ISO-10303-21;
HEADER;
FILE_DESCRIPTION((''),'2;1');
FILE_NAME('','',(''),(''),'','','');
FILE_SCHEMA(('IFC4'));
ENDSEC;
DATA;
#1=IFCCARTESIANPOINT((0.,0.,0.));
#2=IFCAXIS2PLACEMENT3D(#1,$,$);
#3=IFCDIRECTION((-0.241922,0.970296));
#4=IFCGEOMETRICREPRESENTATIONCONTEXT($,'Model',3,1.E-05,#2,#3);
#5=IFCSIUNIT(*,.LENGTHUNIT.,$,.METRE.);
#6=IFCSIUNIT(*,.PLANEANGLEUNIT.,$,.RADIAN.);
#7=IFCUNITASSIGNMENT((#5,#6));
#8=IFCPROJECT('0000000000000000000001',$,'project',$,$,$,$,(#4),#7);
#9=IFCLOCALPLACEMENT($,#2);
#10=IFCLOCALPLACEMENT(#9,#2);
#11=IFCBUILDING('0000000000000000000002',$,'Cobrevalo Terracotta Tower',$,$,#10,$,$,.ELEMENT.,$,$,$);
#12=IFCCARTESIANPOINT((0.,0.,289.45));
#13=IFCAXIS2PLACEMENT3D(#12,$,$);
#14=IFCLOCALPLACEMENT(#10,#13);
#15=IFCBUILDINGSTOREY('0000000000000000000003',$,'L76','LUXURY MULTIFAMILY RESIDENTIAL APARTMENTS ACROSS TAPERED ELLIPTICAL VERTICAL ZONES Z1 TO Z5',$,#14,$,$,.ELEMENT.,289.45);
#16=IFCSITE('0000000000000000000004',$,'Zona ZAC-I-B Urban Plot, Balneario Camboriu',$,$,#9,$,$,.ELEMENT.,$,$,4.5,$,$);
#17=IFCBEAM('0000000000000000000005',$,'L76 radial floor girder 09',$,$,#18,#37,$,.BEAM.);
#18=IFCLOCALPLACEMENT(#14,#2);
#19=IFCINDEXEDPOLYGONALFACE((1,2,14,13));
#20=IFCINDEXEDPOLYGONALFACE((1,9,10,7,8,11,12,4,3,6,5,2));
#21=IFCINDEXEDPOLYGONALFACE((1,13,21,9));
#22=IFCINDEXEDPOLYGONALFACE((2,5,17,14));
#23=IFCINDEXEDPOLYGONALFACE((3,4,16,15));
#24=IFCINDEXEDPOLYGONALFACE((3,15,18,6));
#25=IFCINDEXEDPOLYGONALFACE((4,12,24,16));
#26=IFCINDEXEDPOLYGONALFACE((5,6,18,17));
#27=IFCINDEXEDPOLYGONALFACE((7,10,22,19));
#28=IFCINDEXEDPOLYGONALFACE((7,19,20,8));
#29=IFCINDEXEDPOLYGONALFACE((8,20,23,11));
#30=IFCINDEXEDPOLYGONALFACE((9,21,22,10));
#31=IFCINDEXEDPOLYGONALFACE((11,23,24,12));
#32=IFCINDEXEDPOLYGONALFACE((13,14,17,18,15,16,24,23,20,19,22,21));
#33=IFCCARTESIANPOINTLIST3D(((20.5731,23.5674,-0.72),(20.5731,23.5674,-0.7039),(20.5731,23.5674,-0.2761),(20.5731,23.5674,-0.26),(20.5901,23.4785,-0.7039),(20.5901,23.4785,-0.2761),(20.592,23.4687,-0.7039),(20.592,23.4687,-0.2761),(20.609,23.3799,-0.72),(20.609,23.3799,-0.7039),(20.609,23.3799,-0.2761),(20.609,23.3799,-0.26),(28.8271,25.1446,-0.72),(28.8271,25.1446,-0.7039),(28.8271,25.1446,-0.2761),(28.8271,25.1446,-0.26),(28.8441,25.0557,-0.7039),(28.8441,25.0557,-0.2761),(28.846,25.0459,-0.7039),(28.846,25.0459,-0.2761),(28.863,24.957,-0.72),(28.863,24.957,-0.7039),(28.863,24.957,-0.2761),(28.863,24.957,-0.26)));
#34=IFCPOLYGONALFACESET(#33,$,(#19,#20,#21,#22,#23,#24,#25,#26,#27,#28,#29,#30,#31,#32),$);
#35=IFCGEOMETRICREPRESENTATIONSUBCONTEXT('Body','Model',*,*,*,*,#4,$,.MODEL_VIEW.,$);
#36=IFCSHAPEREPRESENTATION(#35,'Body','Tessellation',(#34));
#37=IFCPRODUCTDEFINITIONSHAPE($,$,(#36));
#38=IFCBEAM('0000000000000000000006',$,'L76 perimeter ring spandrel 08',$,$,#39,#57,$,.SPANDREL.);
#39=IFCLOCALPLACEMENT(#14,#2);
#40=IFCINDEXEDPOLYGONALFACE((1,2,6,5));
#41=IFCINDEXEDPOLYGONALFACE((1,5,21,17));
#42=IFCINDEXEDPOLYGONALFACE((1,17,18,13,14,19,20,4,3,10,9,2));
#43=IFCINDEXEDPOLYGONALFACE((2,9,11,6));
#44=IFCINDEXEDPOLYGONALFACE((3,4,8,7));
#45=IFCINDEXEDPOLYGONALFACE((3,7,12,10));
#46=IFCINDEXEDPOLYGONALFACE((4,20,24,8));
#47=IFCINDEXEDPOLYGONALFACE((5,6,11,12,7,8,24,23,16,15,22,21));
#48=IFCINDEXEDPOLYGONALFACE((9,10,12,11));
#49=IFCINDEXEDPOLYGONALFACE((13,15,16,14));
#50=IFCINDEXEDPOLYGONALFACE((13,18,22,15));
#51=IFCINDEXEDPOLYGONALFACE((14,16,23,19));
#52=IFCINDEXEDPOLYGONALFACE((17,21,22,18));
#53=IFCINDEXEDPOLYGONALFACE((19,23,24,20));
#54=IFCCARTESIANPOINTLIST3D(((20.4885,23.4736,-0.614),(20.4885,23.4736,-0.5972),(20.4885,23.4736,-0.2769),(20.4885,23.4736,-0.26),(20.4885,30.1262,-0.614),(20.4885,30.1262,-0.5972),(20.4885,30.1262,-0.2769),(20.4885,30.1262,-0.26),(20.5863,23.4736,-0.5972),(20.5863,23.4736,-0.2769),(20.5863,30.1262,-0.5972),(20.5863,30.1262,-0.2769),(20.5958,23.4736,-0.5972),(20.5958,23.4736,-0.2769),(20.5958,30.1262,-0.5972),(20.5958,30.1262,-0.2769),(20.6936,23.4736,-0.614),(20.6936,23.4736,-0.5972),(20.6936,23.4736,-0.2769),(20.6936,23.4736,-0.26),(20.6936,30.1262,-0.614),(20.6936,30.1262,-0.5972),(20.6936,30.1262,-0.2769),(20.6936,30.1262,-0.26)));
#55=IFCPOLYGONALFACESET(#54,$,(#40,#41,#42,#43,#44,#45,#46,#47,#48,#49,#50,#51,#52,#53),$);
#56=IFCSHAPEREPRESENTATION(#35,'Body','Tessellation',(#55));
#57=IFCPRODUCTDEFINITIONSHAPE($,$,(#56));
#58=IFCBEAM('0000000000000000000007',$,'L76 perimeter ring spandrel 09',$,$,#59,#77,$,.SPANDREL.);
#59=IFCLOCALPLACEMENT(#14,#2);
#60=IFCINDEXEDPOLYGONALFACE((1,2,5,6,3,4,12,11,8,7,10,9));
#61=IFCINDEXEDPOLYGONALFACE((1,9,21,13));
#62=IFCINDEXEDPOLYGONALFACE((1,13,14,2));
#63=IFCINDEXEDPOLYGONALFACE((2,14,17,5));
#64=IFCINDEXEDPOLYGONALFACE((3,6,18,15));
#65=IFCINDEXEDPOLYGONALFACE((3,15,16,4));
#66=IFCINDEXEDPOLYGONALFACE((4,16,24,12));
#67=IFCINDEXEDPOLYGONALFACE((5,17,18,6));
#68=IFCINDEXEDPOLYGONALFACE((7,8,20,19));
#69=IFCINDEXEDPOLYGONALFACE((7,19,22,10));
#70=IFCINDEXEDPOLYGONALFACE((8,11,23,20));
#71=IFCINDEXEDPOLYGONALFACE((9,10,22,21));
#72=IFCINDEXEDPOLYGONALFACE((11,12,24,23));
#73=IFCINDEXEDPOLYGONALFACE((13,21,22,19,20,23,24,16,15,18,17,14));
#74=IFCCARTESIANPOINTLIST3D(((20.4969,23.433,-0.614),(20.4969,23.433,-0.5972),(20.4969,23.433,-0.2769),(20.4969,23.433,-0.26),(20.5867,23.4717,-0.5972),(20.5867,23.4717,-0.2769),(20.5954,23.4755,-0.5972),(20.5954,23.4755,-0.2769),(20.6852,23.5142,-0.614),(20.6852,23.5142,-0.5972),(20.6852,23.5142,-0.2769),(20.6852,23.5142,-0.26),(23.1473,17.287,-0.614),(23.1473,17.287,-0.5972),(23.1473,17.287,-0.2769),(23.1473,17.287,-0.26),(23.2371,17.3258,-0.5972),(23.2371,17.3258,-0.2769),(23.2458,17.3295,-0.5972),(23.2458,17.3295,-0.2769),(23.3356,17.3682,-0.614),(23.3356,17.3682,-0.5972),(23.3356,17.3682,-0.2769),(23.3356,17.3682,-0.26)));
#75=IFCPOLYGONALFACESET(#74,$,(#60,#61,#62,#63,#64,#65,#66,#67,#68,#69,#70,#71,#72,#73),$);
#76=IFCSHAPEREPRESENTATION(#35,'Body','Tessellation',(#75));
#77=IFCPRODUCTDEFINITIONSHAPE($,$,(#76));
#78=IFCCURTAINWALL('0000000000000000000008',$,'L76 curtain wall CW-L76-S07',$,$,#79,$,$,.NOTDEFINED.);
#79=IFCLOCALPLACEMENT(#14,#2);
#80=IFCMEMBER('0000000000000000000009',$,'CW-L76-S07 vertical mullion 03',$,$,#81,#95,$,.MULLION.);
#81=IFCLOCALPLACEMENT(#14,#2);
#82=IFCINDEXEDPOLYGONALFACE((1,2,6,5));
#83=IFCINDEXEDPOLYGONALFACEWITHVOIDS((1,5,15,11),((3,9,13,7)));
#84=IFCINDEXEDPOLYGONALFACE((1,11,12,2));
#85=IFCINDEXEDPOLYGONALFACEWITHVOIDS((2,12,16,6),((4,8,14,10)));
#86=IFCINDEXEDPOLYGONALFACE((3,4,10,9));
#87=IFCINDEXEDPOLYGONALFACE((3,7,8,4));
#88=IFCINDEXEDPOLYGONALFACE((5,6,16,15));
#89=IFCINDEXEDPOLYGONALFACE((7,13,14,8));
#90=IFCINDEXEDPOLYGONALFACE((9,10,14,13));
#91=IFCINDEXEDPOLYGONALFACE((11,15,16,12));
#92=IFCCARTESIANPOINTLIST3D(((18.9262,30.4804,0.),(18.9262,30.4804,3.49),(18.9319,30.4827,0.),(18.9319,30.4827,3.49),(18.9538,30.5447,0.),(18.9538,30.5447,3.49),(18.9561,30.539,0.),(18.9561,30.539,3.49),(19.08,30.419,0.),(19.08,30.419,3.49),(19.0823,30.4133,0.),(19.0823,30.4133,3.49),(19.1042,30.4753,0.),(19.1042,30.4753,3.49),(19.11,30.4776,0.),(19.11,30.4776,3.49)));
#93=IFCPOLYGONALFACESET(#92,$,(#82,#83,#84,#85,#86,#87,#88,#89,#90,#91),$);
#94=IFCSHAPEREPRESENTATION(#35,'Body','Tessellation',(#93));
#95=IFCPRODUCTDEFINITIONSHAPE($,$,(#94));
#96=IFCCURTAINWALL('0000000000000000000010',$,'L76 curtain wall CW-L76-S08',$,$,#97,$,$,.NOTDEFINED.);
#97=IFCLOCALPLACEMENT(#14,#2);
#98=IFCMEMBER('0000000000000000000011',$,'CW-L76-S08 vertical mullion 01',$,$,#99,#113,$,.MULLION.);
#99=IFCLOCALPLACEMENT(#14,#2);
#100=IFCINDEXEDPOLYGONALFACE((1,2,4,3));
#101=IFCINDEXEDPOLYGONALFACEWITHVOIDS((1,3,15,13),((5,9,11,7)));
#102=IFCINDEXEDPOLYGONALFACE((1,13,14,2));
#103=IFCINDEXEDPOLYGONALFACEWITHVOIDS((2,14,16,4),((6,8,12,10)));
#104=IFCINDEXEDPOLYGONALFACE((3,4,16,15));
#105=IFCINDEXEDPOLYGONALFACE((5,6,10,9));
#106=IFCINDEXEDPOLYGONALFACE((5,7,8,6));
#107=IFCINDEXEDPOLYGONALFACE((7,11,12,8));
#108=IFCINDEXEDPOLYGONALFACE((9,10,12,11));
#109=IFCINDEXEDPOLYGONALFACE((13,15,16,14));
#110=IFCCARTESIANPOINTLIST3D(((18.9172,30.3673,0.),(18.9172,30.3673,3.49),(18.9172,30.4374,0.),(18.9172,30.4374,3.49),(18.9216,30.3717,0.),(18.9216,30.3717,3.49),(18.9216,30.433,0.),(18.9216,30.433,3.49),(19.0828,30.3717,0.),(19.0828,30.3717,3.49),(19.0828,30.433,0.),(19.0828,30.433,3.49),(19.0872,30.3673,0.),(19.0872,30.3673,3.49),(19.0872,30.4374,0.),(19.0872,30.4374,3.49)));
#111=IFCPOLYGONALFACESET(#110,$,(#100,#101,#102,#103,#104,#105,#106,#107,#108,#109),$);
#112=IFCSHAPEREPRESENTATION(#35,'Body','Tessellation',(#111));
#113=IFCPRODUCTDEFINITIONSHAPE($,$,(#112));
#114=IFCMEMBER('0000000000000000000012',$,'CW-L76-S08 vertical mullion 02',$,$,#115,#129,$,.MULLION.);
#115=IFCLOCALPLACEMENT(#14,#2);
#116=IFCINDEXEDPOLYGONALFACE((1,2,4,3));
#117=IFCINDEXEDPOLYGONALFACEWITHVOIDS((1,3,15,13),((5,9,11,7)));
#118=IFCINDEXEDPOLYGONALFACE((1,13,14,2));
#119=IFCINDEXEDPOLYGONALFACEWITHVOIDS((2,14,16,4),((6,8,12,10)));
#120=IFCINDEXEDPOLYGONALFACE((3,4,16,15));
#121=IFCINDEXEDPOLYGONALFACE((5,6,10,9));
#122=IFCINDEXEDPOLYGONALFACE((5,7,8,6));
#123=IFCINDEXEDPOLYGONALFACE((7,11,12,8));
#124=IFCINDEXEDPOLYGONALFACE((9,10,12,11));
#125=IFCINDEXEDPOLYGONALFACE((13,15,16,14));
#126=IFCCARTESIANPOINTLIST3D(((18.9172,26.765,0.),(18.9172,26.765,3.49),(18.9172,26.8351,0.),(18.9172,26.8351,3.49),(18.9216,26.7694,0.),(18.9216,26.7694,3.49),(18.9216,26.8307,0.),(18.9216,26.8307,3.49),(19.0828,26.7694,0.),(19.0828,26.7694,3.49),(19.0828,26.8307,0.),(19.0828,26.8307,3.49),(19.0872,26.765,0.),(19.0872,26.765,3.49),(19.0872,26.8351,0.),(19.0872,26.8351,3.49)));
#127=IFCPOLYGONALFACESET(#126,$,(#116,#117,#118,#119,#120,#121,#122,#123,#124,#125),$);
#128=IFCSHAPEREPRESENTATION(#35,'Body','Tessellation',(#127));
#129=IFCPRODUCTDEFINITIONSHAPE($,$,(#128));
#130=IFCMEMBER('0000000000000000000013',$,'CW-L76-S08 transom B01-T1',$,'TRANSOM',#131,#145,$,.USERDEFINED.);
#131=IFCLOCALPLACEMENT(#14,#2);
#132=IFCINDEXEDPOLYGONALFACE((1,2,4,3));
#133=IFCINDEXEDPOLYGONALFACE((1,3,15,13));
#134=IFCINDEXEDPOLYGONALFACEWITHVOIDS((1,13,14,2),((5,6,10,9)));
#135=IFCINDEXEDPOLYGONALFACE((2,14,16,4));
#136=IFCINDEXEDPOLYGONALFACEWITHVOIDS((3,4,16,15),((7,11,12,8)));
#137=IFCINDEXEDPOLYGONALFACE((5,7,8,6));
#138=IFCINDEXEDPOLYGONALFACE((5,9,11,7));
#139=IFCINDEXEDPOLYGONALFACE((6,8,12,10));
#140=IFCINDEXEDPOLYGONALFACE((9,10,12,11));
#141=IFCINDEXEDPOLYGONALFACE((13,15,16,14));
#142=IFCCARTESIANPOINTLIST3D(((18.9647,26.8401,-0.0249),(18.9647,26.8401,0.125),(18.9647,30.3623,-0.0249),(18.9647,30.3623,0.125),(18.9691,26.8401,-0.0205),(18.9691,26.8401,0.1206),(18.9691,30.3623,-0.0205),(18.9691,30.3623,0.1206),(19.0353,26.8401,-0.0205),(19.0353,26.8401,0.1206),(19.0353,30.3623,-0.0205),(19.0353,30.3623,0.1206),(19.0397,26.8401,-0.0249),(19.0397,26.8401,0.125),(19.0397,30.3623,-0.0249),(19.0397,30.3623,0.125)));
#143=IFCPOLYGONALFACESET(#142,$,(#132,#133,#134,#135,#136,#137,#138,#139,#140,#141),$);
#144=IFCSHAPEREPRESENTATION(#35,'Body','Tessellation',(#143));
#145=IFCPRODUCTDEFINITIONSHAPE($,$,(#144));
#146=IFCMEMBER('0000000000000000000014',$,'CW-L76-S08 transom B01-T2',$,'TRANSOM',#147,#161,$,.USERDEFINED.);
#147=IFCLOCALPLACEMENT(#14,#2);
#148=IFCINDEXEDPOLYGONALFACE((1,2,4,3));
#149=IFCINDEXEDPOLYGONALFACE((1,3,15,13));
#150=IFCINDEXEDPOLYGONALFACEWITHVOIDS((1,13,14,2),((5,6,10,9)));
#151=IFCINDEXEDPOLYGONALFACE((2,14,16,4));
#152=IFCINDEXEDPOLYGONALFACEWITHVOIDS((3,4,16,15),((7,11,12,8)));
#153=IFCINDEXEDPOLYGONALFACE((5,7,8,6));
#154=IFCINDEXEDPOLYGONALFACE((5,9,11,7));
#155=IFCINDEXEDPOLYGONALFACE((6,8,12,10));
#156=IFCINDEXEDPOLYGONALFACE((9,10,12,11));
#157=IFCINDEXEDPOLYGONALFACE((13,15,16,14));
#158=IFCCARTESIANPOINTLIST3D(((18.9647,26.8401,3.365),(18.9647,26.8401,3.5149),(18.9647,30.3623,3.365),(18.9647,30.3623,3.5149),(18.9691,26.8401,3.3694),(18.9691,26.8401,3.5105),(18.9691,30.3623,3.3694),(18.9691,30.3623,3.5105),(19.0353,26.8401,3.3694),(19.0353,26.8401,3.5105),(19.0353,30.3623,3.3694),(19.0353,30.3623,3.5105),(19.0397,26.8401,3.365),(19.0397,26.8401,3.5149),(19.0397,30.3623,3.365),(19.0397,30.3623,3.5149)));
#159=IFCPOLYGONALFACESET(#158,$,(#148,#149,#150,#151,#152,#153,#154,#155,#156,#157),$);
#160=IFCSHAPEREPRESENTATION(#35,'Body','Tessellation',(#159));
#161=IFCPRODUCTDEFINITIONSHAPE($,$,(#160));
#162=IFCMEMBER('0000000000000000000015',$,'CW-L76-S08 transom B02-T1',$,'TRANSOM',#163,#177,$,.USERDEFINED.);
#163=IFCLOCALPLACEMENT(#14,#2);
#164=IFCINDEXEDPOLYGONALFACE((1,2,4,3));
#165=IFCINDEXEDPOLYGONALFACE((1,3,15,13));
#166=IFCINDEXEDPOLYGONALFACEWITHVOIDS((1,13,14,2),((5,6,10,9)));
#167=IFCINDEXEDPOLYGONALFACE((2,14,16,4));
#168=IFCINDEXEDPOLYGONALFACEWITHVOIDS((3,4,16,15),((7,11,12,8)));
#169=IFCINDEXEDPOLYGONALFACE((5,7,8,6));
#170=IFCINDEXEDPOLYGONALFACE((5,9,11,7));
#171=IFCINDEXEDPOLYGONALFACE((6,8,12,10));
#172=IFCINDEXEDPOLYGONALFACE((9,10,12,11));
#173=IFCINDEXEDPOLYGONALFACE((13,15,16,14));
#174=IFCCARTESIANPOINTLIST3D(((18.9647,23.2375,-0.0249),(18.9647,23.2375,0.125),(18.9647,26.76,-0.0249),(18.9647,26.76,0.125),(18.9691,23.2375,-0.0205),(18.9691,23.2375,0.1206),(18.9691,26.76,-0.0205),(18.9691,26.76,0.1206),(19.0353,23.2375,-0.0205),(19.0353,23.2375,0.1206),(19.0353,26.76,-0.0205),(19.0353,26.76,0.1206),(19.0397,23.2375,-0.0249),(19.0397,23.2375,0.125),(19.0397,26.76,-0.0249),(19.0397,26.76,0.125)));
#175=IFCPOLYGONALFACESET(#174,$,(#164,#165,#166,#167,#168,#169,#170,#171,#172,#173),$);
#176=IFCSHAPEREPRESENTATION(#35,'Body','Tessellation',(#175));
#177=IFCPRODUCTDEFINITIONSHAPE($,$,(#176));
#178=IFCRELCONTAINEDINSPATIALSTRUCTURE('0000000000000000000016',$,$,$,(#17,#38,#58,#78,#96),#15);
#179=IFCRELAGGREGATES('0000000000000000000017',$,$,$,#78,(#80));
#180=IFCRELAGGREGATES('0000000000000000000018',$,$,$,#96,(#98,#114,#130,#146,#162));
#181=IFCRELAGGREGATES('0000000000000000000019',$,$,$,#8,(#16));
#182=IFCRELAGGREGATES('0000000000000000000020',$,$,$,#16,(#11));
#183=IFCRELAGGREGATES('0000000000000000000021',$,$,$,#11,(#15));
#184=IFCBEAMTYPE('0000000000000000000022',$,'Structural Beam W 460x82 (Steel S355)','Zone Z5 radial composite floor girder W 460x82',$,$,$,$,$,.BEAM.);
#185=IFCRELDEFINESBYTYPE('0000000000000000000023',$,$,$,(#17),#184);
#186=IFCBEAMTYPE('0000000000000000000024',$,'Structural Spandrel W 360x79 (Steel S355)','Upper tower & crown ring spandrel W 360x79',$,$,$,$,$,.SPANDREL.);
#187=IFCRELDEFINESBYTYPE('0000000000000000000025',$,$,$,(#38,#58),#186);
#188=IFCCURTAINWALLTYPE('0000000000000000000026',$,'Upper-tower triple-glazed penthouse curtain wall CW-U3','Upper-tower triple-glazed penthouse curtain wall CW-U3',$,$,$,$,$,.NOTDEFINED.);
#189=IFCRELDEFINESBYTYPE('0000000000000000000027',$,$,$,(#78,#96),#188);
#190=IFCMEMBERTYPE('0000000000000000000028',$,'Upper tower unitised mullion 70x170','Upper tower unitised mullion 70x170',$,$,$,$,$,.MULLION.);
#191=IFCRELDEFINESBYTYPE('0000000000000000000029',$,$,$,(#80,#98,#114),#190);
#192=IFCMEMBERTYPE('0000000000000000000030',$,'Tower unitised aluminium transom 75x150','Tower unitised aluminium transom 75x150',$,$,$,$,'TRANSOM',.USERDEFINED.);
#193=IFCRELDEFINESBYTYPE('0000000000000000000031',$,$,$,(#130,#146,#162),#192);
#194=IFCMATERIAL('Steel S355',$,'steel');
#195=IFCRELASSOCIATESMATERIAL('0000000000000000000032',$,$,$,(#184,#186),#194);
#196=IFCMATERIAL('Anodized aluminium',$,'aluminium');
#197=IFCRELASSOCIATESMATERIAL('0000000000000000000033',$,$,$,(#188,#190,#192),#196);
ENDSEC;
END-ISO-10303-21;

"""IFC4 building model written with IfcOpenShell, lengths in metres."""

from ifc_helpers import new_model, si_unit, direction, frame, origin, origin_2d, place, context, subcontext, project, spatial, hollow_rectangle, i_section, extrude, source, transform, mapped, material, material_profile, profile_set, type_object, element, aggregate, save


model = new_model("IFC4")

# Units and contexts
model_context = context("Model", 3, precision=1e-05, world=origin(), true_north=direction((-0.241922, 0.970296)))
body_context = subcontext(model_context, "Body", "Model", "MODEL_VIEW")
ifc_project = project(units=[si_unit("LENGTHUNIT", "METRE"), si_unit("PLANEANGLEUNIT", "RADIAN")], contexts=[model_context])

# Site, building, storey
site_placement = place(None, origin())
site = spatial("IfcSite", under=ifc_project, at=site_placement, Name="Zona ZAC-I-B Urban Plot, Balneario Camboriu", CompositionType="ELEMENT", RefElevation=4.5)
building_placement = place(site_placement, origin())
building = spatial("IfcBuilding", under=site, at=building_placement, Name="Cobrevalo Terracotta Tower", CompositionType="ELEMENT")
storey_placement = place(building_placement, frame((0.0, 0.0, 289.45)))
storey = spatial("IfcBuildingStorey", under=building, at=storey_placement, Name="L76", Description="LUXURY MULTIFAMILY RESIDENTIAL APARTMENTS ACROSS TAPERED ELLIPTICAL VERTICAL ZONES Z1 TO Z5", CompositionType="ELEMENT", Elevation=289.45)

# Shared definitions
ifc_material_1 = material(Name="Steel S355", Category="steel")

# Beams
ifc_material_profile_1 = material_profile(ifc_material_1, i_section(OverallWidth=0.1909, OverallDepth=0.46, WebThickness=0.01, FlangeThickness=0.0161, at=origin_2d()), Name="W 460x82")
ifc_profile_set_1 = profile_set([ifc_material_profile_1], Name="Steel S355")
beam_type_1 = type_object("IfcBeamType", Name="Structural Beam W 460x82 (Steel S355)", Description="Zone Z5 radial composite floor girder W 460x82", PredefinedType="BEAM", material=ifc_profile_set_1)
beam_1_placement = place(storey_placement, frame((20.5911, 23.4736, -0.49), z_axis=(0.98223, 0.187683, 0.0), x_axis=(-0.187683, 0.98223, 0.0)))
element("IfcBeam", 1, at=beam_1_placement, inside=storey, type_object=beam_type_1, Name="L76 radial floor girder 09", PredefinedType="BEAM", context=body_context, shape_type="SweptSolid", body=[
    extrude(i_section(OverallWidth=0.1909, OverallDepth=0.46, WebThickness=0.01, FlangeThickness=0.0161, at=origin_2d()), origin(), (0.0, 0.0, 1.0), 8.4033),
])
ifc_material_profile_2 = material_profile(ifc_material_1, i_section(OverallWidth=0.2051, OverallDepth=0.354, WebThickness=0.0095, FlangeThickness=0.0168, at=origin_2d()), Name="W 360x79")
ifc_profile_set_2 = profile_set([ifc_material_profile_2], Name="Steel S355")
beam_type_2 = type_object("IfcBeamType", Name="Structural Spandrel W 360x79 (Steel S355)", Description="Upper tower & crown ring spandrel W 360x79", PredefinedType="SPANDREL", material=ifc_profile_set_2)
beam_2_placement = place(storey_placement, frame((20.5911, 30.1262, -0.437), z_axis=(0.0, -1.0, 0.0), x_axis=(1.0, 0.0, 0.0)))
element("IfcBeam", 2, at=beam_2_placement, inside=storey, type_object=beam_type_2, Name="L76 perimeter ring spandrel 08", PredefinedType="SPANDREL", context=body_context, shape_type="SweptSolid", body=[
    extrude(i_section(OverallWidth=0.2051, OverallDepth=0.354, WebThickness=0.0095, FlangeThickness=0.0168, at=origin_2d()), origin(), (0.0, 0.0, 1.0), 6.6526),
])
beam_3_placement = place(storey_placement, frame((20.5911, 23.4736, -0.437), z_axis=(0.395987, -0.918256, 0.0), x_axis=(0.918256, 0.395987, 0.0)))
element("IfcBeam", 3, at=beam_3_placement, inside=storey, type_object=beam_type_2, Name="L76 perimeter ring spandrel 09", PredefinedType="SPANDREL", context=body_context, shape_type="SweptSolid", body=[
    extrude(i_section(OverallWidth=0.2051, OverallDepth=0.354, WebThickness=0.0095, FlangeThickness=0.0168, at=origin_2d()), origin(), (0.0, 0.0, 1.0), 6.6931),
])

# Curtain wall, member
ifc_material_2 = material(Name="Anodized aluminium", Category="aluminium")
curtain_wall_type = type_object("IfcCurtainWallType", Name="Upper-tower triple-glazed penthouse curtain wall CW-U3", Description="Upper-tower triple-glazed penthouse curtain wall CW-U3", PredefinedType="NOTDEFINED", material=ifc_material_2)
curtain_wall_1_placement = place(storey_placement, origin())
curtain_wall_1 = element("IfcCurtainWall", 4, at=curtain_wall_1_placement, inside=storey, type_object=curtain_wall_type, Name="L76 curtain wall CW-L76-S07", PredefinedType="NOTDEFINED")
ifc_material_profile_3 = material_profile(ifc_material_2, hollow_rectangle(XDim=0.0701, YDim=0.1699, WallThickness=0.0044, at=origin_2d()), Name="CWM 70x170")
ifc_profile_set_3 = profile_set([ifc_material_profile_3], Name="Anodized aluminium")
member_type_1 = type_object("IfcMemberType", Name="Upper tower unitised mullion 70x170", Description="Upper tower unitised mullion 70x170", PredefinedType="MULLION", material=ifc_profile_set_3)
shared_shape_1 = source(origin(), body_context, "Body", "SweptSolid", [
    extrude(hollow_rectangle(XDim=0.0701, YDim=0.1699, WallThickness=0.0044, at=origin_2d()), origin(), (0.0, 0.0, 1.0), 3.49),
])
member_1_placement = place(storey_placement, frame((19.0181, 30.479, 0.0), z_axis=(0.0, 0.0, 1.0), x_axis=(-0.394824, -0.918757, 0.0)))
member_1 = element("IfcMember", 5, at=member_1_placement, type_object=member_type_1, Name="CW-L76-S07 vertical mullion 03", PredefinedType="MULLION", context=body_context, shape_type="MappedRepresentation", body=[
    mapped(shared_shape_1, transform((0.0, 0.0, 0.0), scale=1.0)),
])

# Curtain wall, members
curtain_wall_2_placement = place(storey_placement, origin())
curtain_wall_2 = element("IfcCurtainWall", 6, at=curtain_wall_2_placement, inside=storey, type_object=curtain_wall_type, Name="L76 curtain wall CW-L76-S08", PredefinedType="NOTDEFINED")
member_2_placement = place(storey_placement, frame((19.0022, 30.4023, 0.0), z_axis=(0.0, 0.0, 1.0), x_axis=(0.0, -1.0, 0.0)))
member_2 = element("IfcMember", 7, at=member_2_placement, type_object=member_type_1, Name="CW-L76-S08 vertical mullion 01", PredefinedType="MULLION", context=body_context, shape_type="MappedRepresentation", body=[
    mapped(shared_shape_1, transform((0.0, 0.0, 0.0), scale=1.0)),
])
member_3_placement = place(storey_placement, frame((19.0022, 26.8, 0.0), z_axis=(0.0, 0.0, 1.0), x_axis=(0.0, -1.0, 0.0)))
member_3 = element("IfcMember", 8, at=member_3_placement, type_object=member_type_1, Name="CW-L76-S08 vertical mullion 02", PredefinedType="MULLION", context=body_context, shape_type="MappedRepresentation", body=[
    mapped(shared_shape_1, transform((0.0, 0.0, 0.0), scale=1.0)),
])
ifc_material_profile_4 = material_profile(ifc_material_2, hollow_rectangle(XDim=0.075, YDim=0.1499, WallThickness=0.0044, at=origin_2d()), Name="CWT 75x150")
ifc_profile_set_4 = profile_set([ifc_material_profile_4], Name="Anodized aluminium")
member_type_2 = type_object("IfcMemberType", Name="Tower unitised aluminium transom 75x150", Description="Tower unitised aluminium transom 75x150", ElementType="TRANSOM", PredefinedType="USERDEFINED", material=ifc_profile_set_4)
shared_shape_2 = source(origin(), body_context, "Body", "SweptSolid", [
    extrude(hollow_rectangle(XDim=0.075, YDim=0.1499, WallThickness=0.0044, at=origin_2d()), origin(), (0.0, 0.0, 1.0), 3.5222),
])
member_4_placement = place(storey_placement, frame((19.0022, 30.3623, 0.05), z_axis=(0.0, -1.0, 0.0), x_axis=(1.0, 0.0, 0.0)))
member_4 = element("IfcMember", 9, at=member_4_placement, type_object=member_type_2, Name="CW-L76-S08 transom B01-T1", ObjectType="TRANSOM", PredefinedType="USERDEFINED", context=body_context, shape_type="MappedRepresentation", body=[
    mapped(shared_shape_2, transform((0.0, 0.0, 0.0), scale=1.0)),
])
member_5_placement = place(storey_placement, frame((19.0022, 30.3623, 3.4399), z_axis=(0.0, -1.0, 0.0), x_axis=(1.0, 0.0, 0.0)))
member_5 = element("IfcMember", 10, at=member_5_placement, type_object=member_type_2, Name="CW-L76-S08 transom B01-T2", ObjectType="TRANSOM", PredefinedType="USERDEFINED", context=body_context, shape_type="MappedRepresentation", body=[
    mapped(shared_shape_2, transform((0.0, 0.0, 0.0), scale=1.0)),
])
shared_shape_3 = source(origin(), body_context, "Body", "SweptSolid", [
    extrude(hollow_rectangle(XDim=0.075, YDim=0.1499, WallThickness=0.0044, at=origin_2d()), origin(), (0.0, 0.0, 1.0), 3.5225),
])
member_6_placement = place(storey_placement, frame((19.0022, 26.76, 0.05), z_axis=(0.0, -1.0, 0.0), x_axis=(1.0, 0.0, 0.0)))
member_6 = element("IfcMember", 11, at=member_6_placement, type_object=member_type_2, Name="CW-L76-S08 transom B02-T1", ObjectType="TRANSOM", PredefinedType="USERDEFINED", context=body_context, shape_type="MappedRepresentation", body=[
    mapped(shared_shape_3, transform((0.0, 0.0, 0.0), scale=1.0)),
])

aggregate(curtain_wall_1, [member_1])
aggregate(curtain_wall_2, [member_2, member_3, member_4, member_5, member_6])

save(model, "model.ifc")
